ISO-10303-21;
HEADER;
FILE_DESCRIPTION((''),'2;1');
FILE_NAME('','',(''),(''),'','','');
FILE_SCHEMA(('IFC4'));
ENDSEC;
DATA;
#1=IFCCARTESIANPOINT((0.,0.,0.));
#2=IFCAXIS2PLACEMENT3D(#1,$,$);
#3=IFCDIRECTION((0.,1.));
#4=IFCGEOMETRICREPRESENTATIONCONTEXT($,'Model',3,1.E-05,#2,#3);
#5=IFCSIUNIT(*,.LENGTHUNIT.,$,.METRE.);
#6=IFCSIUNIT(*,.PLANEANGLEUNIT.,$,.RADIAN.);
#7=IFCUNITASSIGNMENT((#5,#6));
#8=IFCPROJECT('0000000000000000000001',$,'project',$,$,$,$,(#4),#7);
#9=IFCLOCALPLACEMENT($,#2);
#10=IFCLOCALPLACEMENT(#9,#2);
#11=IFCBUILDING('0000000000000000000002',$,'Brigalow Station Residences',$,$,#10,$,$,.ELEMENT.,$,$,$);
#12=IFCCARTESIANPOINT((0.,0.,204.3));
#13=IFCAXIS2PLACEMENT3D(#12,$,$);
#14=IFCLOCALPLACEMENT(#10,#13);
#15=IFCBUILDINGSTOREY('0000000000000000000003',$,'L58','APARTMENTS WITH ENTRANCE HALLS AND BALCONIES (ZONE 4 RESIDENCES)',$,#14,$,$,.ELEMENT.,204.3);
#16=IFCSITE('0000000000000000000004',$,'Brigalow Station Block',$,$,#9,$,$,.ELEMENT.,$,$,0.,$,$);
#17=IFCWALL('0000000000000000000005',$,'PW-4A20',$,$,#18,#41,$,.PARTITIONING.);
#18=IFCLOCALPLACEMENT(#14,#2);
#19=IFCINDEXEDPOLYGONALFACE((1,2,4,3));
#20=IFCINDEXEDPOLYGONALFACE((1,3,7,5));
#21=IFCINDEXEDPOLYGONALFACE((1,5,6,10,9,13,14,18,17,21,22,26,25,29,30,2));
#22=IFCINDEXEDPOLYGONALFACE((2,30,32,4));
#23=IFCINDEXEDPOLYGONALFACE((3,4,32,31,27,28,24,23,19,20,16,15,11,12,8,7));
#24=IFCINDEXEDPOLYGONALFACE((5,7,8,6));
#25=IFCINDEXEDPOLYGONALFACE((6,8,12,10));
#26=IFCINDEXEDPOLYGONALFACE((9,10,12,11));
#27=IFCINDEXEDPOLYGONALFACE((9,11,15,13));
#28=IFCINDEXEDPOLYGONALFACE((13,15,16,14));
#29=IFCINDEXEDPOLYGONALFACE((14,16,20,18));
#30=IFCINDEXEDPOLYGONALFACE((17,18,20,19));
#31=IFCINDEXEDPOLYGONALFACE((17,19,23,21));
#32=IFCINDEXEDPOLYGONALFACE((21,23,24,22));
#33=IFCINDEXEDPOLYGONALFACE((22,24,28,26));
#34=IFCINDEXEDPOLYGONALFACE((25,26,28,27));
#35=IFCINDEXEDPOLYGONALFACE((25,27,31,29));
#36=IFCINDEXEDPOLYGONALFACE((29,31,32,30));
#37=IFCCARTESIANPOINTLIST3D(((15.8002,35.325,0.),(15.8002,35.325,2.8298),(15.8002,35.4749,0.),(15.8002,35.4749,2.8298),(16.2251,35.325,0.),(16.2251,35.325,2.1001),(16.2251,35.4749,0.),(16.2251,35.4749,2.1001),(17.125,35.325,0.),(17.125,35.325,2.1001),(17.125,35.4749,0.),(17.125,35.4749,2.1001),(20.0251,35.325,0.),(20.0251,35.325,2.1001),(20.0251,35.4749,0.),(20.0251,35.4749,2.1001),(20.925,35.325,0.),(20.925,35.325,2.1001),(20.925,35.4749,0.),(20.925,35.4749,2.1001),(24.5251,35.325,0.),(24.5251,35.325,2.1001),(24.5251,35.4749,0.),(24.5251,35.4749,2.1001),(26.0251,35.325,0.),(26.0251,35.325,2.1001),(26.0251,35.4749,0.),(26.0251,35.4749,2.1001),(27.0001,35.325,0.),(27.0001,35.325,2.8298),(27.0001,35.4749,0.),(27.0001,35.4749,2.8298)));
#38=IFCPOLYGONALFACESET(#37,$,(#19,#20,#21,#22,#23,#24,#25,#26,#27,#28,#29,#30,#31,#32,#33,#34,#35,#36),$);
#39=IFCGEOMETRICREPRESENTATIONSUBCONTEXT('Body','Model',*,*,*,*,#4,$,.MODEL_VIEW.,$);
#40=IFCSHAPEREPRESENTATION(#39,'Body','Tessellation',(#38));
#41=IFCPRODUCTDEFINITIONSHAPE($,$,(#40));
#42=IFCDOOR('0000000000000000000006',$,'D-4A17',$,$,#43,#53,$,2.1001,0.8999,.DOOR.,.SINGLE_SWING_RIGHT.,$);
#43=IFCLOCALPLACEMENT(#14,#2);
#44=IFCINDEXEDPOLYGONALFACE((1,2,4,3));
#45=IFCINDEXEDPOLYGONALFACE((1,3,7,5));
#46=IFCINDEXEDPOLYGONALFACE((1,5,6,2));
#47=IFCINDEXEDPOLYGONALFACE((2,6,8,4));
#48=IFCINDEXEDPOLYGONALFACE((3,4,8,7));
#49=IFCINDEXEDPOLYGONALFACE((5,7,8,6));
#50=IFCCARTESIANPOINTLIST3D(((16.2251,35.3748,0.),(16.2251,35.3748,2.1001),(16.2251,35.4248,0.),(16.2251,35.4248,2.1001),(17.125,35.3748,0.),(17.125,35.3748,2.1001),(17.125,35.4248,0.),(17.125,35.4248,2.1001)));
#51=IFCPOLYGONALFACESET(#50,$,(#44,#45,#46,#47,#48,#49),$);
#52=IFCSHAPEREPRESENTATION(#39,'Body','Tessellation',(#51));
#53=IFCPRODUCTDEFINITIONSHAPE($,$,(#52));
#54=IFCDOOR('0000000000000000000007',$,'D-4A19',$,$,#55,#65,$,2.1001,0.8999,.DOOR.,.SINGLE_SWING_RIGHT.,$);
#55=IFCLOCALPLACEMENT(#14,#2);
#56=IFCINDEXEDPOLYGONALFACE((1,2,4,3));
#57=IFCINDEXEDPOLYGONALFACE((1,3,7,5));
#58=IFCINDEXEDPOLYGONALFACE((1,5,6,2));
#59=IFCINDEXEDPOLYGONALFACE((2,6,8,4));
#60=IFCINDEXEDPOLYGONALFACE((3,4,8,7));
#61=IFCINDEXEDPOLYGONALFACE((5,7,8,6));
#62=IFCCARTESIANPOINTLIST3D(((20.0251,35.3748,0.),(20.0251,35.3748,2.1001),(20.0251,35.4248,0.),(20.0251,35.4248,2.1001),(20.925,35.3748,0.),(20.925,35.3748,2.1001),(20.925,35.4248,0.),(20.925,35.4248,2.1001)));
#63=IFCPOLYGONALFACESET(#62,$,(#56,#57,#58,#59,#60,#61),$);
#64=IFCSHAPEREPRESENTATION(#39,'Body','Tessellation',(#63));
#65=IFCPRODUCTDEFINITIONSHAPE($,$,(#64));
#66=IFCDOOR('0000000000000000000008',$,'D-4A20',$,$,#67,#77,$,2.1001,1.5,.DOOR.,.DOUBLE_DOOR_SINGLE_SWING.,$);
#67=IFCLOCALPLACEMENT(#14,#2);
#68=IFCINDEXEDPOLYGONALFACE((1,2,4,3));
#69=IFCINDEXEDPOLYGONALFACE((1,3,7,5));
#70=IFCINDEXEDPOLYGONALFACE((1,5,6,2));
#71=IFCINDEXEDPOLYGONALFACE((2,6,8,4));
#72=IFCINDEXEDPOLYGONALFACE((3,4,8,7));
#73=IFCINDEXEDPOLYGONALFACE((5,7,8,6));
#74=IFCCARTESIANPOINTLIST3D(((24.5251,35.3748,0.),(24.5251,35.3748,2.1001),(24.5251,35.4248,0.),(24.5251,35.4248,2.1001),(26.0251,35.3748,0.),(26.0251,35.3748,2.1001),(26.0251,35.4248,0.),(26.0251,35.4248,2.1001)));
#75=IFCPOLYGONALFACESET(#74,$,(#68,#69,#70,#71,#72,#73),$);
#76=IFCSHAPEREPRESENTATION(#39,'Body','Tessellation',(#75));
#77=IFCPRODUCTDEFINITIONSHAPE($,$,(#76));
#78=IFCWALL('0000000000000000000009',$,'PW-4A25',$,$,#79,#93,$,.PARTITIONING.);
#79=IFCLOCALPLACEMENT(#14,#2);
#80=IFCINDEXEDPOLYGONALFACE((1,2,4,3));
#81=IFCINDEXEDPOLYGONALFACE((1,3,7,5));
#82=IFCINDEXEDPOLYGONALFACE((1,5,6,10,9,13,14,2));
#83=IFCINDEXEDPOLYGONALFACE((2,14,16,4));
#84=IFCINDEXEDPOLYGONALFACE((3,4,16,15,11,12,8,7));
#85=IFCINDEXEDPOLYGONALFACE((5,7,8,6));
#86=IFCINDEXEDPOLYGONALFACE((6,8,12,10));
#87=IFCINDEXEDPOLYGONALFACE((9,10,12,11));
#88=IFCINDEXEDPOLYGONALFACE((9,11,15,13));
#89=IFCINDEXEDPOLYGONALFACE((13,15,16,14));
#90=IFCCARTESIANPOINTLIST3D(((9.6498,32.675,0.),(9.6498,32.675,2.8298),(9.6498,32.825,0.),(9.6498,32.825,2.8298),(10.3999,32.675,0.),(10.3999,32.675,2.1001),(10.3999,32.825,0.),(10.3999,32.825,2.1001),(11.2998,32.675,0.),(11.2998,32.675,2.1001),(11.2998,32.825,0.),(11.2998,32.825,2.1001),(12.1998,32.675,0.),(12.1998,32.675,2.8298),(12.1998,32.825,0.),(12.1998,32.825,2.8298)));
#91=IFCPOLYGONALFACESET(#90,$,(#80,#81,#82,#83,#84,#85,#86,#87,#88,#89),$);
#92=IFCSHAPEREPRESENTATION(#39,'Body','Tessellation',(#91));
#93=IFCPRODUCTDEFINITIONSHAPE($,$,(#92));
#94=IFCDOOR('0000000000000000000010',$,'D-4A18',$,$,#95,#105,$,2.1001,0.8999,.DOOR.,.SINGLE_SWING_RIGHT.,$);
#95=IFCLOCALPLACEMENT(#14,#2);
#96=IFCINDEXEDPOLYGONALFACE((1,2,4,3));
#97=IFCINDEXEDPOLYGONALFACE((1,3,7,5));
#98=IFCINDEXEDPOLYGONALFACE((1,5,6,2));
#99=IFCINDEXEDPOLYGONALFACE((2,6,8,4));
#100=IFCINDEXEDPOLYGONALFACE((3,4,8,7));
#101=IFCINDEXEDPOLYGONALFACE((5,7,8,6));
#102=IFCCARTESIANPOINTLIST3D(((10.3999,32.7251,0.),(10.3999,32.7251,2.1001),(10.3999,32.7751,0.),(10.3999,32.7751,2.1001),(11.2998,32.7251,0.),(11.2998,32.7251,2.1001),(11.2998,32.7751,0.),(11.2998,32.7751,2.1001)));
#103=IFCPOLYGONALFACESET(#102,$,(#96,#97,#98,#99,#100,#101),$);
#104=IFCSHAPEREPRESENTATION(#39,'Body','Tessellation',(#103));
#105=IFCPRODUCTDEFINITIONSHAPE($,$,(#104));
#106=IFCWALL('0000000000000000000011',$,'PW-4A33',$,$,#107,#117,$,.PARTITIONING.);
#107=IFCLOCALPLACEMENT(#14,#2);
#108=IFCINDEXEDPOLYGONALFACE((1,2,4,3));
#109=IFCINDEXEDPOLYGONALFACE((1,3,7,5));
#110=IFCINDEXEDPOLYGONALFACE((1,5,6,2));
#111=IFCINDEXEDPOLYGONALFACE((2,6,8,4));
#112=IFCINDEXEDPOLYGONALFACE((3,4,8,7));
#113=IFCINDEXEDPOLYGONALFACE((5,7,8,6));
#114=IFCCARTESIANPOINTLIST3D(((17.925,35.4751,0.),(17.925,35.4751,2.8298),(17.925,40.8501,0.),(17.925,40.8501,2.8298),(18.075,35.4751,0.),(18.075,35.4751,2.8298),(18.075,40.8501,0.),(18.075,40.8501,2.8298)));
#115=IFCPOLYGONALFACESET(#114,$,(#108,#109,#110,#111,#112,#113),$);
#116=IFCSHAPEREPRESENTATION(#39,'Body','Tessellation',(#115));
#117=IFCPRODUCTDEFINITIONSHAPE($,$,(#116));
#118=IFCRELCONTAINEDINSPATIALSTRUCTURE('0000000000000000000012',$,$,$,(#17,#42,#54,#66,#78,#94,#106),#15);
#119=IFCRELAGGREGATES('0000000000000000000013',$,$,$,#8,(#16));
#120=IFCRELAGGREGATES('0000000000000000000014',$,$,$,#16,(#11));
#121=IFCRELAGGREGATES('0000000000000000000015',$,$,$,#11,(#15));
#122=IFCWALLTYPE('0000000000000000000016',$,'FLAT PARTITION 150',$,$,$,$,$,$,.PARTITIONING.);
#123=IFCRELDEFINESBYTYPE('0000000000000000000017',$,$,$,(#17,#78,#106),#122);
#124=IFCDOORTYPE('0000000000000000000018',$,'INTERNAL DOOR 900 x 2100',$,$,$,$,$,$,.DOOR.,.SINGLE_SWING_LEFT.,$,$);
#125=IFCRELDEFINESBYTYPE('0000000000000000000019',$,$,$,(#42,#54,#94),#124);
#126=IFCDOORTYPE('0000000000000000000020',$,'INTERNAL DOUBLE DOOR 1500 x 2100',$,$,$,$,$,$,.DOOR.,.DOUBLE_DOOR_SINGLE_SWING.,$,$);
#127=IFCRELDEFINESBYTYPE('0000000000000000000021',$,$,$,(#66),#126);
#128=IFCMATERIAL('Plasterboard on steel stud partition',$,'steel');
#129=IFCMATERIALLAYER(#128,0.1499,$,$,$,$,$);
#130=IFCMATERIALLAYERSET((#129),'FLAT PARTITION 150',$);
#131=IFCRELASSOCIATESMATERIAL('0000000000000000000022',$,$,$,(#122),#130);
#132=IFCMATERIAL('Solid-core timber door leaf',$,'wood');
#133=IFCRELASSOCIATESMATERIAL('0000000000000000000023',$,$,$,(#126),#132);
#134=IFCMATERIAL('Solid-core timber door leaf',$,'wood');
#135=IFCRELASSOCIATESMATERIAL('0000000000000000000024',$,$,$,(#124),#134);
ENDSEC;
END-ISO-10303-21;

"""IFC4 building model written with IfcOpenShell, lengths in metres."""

from ifc_helpers import new_model, si_unit, direction, frame, frame_2d, origin, place, context, subcontext, project, spatial, rectangle, extrude, material, layer, layer_set, type_object, element, fill, save


model = new_model("IFC4")

# Units and contexts
model_context = context("Model", 3, precision=1e-05, world=origin(), true_north=direction((0.0, 1.0)))
body_context = subcontext(model_context, "Body", "Model", "MODEL_VIEW")
ifc_project = project(units=[si_unit("LENGTHUNIT", "METRE"), si_unit("PLANEANGLEUNIT", "RADIAN")], contexts=[model_context])

# Site, building, storey
site_placement = place(None, origin())
site = spatial("IfcSite", under=ifc_project, at=site_placement, Name="Brigalow Station Block", CompositionType="ELEMENT", RefElevation=0.0)
building_placement = place(site_placement, origin())
building = spatial("IfcBuilding", under=site, at=building_placement, Name="Brigalow Station Residences", CompositionType="ELEMENT")
storey_placement = place(building_placement, frame((0.0, 0.0, 204.3)))
storey = spatial("IfcBuildingStorey", under=building, at=storey_placement, Name="L58", Description="APARTMENTS WITH ENTRANCE HALLS AND BALCONIES (ZONE 4 RESIDENCES)", CompositionType="ELEMENT", Elevation=204.3)

# Shared definitions
ifc_material_1 = material(Name="Plasterboard on steel stud partition", Category="steel")
ifc_layer_1 = layer(ifc_material_1, 0.1499)
ifc_layer_set_1 = layer_set([ifc_layer_1], Name="FLAT PARTITION 150")
wall_type_1 = type_object("IfcWallType", Name="FLAT PARTITION 150", PredefinedType="PARTITIONING", material=ifc_layer_set_1)
ifc_material_2 = material(Name="Solid-core timber door leaf", Category="wood")
door_type_1 = type_object("IfcDoorType", Name="INTERNAL DOUBLE DOOR 1500 x 2100", OperationType="DOUBLE_DOOR_SINGLE_SWING", PredefinedType="DOOR", material=ifc_material_2)

# Wall, openings, doors
wall_1_placement = place(storey_placement, frame((15.8, 35.3999, 0.0), z_axis=(0.0, 0.0, 1.0), x_axis=(1.0, 0.0, 0.0)))
wall_1 = element("IfcWall", 1, at=wall_1_placement, inside=storey, type_object=wall_type_1, Name="PW-4A20", PredefinedType="PARTITIONING", context=body_context, shape_type="SweptSolid", body=[
    extrude(rectangle(XDim=11.2, YDim=0.1499, at=frame_2d((5.6001, 0.0))), origin(), (0.0, 0.0, 1.0), 2.8298),
])
opening_1_placement = place(wall_1_placement, frame((0.425, 0.0, 0.0)))
opening_1 = element("IfcOpeningElement", 2, at=opening_1_placement, cuts=wall_1, PredefinedType="OPENING", context=body_context, shape_type="SweptSolid", body=[
    extrude(rectangle(XDim=0.8999, YDim=2.1001, at=frame_2d((0.45, 1.05))), frame((0.0, 0.085, 0.0), z_axis=(0.0, -1.0, 0.0), x_axis=(1.0, 0.0, 0.0)), (0.0, 0.0, 1.0), 0.1699),
])
opening_2_placement = place(wall_1_placement, frame((4.2251, 0.0, 0.0)))
opening_2 = element("IfcOpeningElement", 3, at=opening_2_placement, cuts=wall_1, PredefinedType="OPENING", context=body_context, shape_type="SweptSolid", body=[
    extrude(rectangle(XDim=0.8999, YDim=2.1001, at=frame_2d((0.45, 1.05))), frame((0.0, 0.085, 0.0), z_axis=(0.0, -1.0, 0.0), x_axis=(1.0, 0.0, 0.0)), (0.0, 0.0, 1.0), 0.1699),
])
opening_3_placement = place(wall_1_placement, frame((8.7251, 0.0, 0.0)))
opening_3 = element("IfcOpeningElement", 4, at=opening_3_placement, cuts=wall_1, PredefinedType="OPENING", context=body_context, shape_type="SweptSolid", body=[
    extrude(rectangle(XDim=1.5, YDim=2.1001, at=frame_2d((0.75, 1.05))), frame((0.0, 0.085, 0.0), z_axis=(0.0, -1.0, 0.0), x_axis=(1.0, 0.0, 0.0)), (0.0, 0.0, 1.0), 0.1699),
])
ifc_material_3 = material(Name="Solid-core timber door leaf", Category="wood")
door_type_2 = type_object("IfcDoorType", Name="INTERNAL DOOR 900 x 2100", OperationType="SINGLE_SWING_LEFT", PredefinedType="DOOR", material=ifc_material_3)
door_1_placement = place(opening_1_placement, origin())
door_1 = element("IfcDoor", 5, at=door_1_placement, inside=storey, type_object=door_type_2, Name="D-4A17", OperationType="SINGLE_SWING_RIGHT", OverallHeight=2.1001, OverallWidth=0.8999, PredefinedType="DOOR", context=body_context, shape_type="SweptSolid", body=[
    extrude(rectangle(XDim=0.8999, YDim=2.1001, at=frame_2d((0.45, 1.05))), frame((0.0, 0.0249, 0.0), z_axis=(0.0, -1.0, 0.0), x_axis=(1.0, 0.0, 0.0)), (0.0, 0.0, 1.0), 0.05),
])
fill(opening_1, door_1)
door_2_placement = place(opening_2_placement, origin())
door_2 = element("IfcDoor", 6, at=door_2_placement, inside=storey, type_object=door_type_2, Name="D-4A19", OperationType="SINGLE_SWING_RIGHT", OverallHeight=2.1001, OverallWidth=0.8999, PredefinedType="DOOR", context=body_context, shape_type="SweptSolid", body=[
    extrude(rectangle(XDim=0.8999, YDim=2.1001, at=frame_2d((0.45, 1.05))), frame((0.0, 0.0249, 0.0), z_axis=(0.0, -1.0, 0.0), x_axis=(1.0, 0.0, 0.0)), (0.0, 0.0, 1.0), 0.05),
])
fill(opening_2, door_2)
door_3_placement = place(opening_3_placement, origin())
door_3 = element("IfcDoor", 7, at=door_3_placement, inside=storey, type_object=door_type_1, Name="D-4A20", OperationType="DOUBLE_DOOR_SINGLE_SWING", OverallHeight=2.1001, OverallWidth=1.5, PredefinedType="DOOR", context=body_context, shape_type="SweptSolid", body=[
    extrude(rectangle(XDim=1.5, YDim=2.1001, at=frame_2d((0.75, 1.05))), frame((0.0, 0.0249, 0.0), z_axis=(0.0, -1.0, 0.0), x_axis=(1.0, 0.0, 0.0)), (0.0, 0.0, 1.0), 0.05),
])
fill(opening_3, door_3)

# Wall, opening, door
wall_2_placement = place(storey_placement, frame((9.6499, 32.75, 0.0), z_axis=(0.0, 0.0, 1.0), x_axis=(1.0, 0.0, 0.0)))
wall_2 = element("IfcWall", 8, at=wall_2_placement, inside=storey, type_object=wall_type_1, Name="PW-4A25", PredefinedType="PARTITIONING", context=body_context, shape_type="SweptSolid", body=[
    extrude(rectangle(XDim=2.55, YDim=0.1499, at=frame_2d((1.2749, 0.0))), origin(), (0.0, 0.0, 1.0), 2.8298),
])
opening_4_placement = place(wall_2_placement, frame((0.75, 0.0, 0.0)))
opening_4 = element("IfcOpeningElement", 9, at=opening_4_placement, cuts=wall_2, PredefinedType="OPENING", context=body_context, shape_type="SweptSolid", body=[
    extrude(rectangle(XDim=0.8999, YDim=2.1001, at=frame_2d((0.45, 1.05))), frame((0.0, 0.085, 0.0), z_axis=(0.0, -1.0, 0.0), x_axis=(1.0, 0.0, 0.0)), (0.0, 0.0, 1.0), 0.1699),
])
door_4_placement = place(opening_4_placement, frame((0.8999, 0.0, 0.0), z_axis=(0.0, 0.0, 1.0), x_axis=(-1.0, 0.0, 0.0)))
door_4 = element("IfcDoor", 10, at=door_4_placement, inside=storey, type_object=door_type_2, Name="D-4A18", OperationType="SINGLE_SWING_RIGHT", OverallHeight=2.1001, OverallWidth=0.8999, PredefinedType="DOOR", context=body_context, shape_type="SweptSolid", body=[
    extrude(rectangle(XDim=0.8999, YDim=2.1001, at=frame_2d((0.45, 1.05))), frame((0.0, 0.0249, 0.0), z_axis=(0.0, -1.0, 0.0), x_axis=(1.0, 0.0, 0.0)), (0.0, 0.0, 1.0), 0.05),
])
fill(opening_4, door_4)

# Wall
wall_3_placement = place(storey_placement, frame((18.0, 35.4751, 0.0), z_axis=(0.0, 0.0, 1.0), x_axis=(0.0, 1.0, 0.0)))
element("IfcWall", 11, at=wall_3_placement, inside=storey, type_object=wall_type_1, Name="PW-4A33", PredefinedType="PARTITIONING", context=body_context, shape_type="SweptSolid", body=[
    extrude(rectangle(XDim=5.375, YDim=0.1499, at=frame_2d((2.6875, 0.0))), origin(), (0.0, 0.0, 1.0), 2.8298),
])

save(model, "model.ifc")
